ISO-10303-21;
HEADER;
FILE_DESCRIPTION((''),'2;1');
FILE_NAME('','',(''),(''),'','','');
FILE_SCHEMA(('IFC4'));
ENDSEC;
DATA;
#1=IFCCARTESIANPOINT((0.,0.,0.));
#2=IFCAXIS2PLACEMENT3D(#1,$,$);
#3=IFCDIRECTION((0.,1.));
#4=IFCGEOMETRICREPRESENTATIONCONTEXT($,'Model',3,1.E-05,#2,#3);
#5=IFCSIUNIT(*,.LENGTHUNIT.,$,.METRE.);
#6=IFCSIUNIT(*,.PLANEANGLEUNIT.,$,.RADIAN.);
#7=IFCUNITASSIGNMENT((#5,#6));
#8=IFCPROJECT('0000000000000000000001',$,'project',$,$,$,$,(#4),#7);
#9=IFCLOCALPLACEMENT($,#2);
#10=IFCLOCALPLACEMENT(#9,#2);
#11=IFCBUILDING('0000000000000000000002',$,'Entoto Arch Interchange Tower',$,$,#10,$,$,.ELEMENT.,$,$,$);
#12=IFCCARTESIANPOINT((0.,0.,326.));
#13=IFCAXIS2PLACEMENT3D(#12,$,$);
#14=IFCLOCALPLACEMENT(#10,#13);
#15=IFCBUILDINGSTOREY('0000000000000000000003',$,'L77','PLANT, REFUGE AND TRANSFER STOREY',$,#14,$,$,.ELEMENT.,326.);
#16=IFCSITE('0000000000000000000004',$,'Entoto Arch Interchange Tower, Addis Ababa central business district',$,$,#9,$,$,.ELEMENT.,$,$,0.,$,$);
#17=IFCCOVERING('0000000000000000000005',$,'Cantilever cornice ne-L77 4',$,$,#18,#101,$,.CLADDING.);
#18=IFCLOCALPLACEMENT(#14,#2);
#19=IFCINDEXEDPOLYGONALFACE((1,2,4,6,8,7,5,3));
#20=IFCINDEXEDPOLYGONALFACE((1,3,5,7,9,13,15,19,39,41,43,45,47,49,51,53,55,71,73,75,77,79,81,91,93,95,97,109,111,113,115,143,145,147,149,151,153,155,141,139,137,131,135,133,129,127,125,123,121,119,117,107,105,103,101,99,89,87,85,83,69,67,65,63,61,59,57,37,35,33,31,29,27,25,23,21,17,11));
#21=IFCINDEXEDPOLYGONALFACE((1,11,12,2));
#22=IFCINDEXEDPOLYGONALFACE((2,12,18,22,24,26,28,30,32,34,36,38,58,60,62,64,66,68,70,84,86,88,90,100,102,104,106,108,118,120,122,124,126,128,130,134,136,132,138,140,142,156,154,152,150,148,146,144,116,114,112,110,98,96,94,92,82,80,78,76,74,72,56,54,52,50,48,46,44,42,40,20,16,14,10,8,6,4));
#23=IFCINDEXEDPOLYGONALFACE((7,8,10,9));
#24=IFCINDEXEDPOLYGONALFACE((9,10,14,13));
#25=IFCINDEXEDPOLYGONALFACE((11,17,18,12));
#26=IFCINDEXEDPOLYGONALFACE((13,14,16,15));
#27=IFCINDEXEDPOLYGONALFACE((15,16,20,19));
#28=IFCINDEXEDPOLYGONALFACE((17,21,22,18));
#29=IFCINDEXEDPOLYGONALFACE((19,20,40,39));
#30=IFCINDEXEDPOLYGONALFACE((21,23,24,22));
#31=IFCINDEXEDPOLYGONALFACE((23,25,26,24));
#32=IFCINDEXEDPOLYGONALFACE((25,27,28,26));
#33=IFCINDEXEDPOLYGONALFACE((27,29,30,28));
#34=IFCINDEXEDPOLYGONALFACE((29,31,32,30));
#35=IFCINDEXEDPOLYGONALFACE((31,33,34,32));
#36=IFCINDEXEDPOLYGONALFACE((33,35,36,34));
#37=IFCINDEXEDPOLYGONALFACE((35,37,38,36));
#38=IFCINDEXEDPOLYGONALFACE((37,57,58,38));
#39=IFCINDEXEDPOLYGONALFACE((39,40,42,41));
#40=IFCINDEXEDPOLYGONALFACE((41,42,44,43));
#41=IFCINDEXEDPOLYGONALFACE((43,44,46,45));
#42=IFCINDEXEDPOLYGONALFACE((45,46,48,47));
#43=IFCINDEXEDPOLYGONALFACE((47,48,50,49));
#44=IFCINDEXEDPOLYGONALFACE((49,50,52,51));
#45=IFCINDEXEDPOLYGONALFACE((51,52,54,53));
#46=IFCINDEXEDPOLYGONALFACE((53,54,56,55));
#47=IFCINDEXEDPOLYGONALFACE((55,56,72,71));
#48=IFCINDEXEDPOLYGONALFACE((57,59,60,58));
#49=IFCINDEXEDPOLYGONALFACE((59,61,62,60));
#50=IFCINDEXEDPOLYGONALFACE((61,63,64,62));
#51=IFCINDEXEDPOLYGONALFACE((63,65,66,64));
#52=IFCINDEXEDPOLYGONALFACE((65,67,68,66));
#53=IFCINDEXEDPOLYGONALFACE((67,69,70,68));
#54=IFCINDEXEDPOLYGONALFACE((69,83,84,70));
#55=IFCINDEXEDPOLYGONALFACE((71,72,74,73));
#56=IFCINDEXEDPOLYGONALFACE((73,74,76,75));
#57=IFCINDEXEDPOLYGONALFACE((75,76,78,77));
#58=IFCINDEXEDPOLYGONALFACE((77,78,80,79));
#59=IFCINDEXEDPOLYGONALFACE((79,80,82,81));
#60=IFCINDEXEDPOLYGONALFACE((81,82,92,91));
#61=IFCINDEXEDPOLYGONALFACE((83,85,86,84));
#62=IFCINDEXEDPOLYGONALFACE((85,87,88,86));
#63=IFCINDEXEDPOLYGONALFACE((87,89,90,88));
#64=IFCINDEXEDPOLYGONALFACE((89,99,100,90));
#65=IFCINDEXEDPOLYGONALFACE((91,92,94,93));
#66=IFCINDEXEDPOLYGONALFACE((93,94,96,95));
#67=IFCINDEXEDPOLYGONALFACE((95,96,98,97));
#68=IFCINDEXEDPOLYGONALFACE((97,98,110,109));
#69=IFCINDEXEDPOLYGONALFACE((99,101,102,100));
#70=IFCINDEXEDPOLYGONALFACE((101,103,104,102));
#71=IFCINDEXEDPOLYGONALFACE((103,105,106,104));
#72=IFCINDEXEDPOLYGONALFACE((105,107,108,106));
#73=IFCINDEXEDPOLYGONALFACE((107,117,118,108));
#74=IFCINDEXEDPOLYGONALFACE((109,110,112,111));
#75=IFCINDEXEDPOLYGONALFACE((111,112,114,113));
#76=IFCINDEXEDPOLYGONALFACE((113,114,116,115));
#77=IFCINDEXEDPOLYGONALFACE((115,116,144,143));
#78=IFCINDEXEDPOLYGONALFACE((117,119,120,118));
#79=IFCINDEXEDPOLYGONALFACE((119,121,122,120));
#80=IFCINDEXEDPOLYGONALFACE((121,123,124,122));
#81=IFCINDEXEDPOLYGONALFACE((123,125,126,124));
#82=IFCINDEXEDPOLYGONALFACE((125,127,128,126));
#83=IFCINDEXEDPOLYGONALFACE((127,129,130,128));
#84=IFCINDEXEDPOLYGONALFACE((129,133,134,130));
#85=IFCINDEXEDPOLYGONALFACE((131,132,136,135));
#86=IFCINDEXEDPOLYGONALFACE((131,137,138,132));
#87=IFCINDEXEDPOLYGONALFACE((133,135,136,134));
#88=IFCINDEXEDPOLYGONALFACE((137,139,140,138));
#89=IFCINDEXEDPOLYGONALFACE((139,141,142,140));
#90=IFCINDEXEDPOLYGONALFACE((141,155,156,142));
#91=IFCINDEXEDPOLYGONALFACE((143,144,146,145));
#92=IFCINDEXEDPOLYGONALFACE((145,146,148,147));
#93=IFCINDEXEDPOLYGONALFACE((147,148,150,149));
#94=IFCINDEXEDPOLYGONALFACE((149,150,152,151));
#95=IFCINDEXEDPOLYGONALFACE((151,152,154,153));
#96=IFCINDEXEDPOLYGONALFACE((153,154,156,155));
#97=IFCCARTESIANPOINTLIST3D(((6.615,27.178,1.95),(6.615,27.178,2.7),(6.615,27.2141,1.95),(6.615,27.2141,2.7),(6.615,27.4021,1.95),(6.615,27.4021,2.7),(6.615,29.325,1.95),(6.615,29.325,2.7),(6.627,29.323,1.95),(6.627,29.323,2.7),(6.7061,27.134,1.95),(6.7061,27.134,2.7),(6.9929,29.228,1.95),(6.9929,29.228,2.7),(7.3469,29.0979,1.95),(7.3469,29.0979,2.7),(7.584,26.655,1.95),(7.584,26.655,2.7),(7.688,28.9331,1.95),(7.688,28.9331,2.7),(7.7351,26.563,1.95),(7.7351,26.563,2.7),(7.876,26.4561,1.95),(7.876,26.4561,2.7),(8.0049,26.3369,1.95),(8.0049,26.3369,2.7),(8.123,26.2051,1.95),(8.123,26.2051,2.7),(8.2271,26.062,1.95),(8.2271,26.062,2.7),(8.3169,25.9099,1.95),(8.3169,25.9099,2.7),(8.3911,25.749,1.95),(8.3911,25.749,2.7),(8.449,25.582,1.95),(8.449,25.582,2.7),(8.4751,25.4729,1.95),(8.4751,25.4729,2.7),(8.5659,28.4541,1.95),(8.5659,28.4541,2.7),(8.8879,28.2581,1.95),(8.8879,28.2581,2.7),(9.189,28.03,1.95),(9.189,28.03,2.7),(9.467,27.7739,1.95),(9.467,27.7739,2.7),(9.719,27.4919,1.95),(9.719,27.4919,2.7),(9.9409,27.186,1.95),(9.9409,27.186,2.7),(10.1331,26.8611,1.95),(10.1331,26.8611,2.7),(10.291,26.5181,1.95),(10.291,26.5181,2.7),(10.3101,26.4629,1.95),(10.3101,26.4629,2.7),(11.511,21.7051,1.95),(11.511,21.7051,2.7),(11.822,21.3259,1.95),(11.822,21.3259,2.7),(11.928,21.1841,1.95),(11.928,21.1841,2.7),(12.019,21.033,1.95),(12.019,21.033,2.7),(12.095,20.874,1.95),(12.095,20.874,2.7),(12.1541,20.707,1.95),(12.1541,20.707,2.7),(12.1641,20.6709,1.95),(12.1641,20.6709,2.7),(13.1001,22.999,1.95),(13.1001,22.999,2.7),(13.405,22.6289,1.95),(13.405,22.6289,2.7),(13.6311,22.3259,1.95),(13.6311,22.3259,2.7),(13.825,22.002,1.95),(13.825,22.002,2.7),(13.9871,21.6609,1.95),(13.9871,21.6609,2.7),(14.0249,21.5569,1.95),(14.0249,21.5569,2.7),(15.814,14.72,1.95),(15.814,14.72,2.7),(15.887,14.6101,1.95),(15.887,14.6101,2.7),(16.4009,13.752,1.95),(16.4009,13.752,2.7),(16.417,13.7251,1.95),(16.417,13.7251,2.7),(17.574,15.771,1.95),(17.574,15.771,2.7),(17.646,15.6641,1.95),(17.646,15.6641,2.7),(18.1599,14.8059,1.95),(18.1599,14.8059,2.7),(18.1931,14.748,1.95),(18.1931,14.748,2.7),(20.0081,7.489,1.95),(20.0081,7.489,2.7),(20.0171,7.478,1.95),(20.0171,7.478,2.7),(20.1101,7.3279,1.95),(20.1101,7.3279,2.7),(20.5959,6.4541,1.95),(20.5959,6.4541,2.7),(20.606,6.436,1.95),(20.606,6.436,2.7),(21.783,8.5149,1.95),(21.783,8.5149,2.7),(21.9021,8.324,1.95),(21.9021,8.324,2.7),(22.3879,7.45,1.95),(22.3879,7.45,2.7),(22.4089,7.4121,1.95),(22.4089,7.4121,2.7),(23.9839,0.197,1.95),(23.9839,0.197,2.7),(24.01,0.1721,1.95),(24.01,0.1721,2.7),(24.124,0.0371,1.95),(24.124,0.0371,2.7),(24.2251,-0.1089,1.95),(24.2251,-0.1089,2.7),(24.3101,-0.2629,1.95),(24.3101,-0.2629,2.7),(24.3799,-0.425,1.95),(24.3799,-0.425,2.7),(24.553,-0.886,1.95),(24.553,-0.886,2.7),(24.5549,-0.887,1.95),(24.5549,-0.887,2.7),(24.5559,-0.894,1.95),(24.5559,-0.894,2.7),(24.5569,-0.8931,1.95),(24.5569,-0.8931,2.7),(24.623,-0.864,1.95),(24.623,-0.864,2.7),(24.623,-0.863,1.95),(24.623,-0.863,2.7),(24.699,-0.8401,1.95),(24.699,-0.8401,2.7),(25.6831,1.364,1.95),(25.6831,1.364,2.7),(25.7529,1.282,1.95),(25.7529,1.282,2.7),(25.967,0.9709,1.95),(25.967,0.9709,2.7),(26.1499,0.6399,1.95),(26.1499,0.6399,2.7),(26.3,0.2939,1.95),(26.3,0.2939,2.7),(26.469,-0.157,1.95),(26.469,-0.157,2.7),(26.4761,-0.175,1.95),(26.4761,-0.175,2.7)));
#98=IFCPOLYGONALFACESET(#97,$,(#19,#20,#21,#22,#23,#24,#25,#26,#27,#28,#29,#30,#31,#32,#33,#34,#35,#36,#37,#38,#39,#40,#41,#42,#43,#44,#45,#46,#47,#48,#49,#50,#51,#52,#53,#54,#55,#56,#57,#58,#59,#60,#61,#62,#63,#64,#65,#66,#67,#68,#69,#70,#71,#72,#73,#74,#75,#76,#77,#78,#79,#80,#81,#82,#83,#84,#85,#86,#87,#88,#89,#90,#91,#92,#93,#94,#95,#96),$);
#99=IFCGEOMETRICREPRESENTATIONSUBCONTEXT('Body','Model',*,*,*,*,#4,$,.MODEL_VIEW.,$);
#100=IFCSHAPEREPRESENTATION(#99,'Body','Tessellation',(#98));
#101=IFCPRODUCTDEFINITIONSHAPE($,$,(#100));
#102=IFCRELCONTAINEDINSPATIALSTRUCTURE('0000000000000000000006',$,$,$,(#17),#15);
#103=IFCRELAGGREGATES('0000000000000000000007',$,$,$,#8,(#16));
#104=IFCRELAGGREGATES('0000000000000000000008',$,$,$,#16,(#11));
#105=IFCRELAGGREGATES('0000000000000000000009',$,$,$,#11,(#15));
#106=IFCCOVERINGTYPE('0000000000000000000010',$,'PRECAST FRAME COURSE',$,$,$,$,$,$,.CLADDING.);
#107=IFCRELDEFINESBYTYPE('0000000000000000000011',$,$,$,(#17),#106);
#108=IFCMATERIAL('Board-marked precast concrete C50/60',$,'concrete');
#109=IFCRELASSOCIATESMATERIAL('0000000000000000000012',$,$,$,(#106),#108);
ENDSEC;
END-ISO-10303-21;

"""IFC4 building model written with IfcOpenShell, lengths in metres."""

from ifc_helpers import new_model, si_unit, direction, frame, origin, place, context, subcontext, project, spatial, polyline, outline, extrude, material, type_object, element, save


model = new_model("IFC4")

# Units and contexts
model_context = context("Model", 3, precision=1e-05, world=origin(), true_north=direction((0.0, 1.0)))
body_context = subcontext(model_context, "Body", "Model", "MODEL_VIEW")
ifc_project = project(units=[si_unit("LENGTHUNIT", "METRE"), si_unit("PLANEANGLEUNIT", "RADIAN")], contexts=[model_context])

# Site, building, storey
site_placement = place(None, origin())
site = spatial("IfcSite", under=ifc_project, at=site_placement, Name="Entoto Arch Interchange Tower, Addis Ababa central business district", CompositionType="ELEMENT", RefElevation=0.0)
building_placement = place(site_placement, origin())
building = spatial("IfcBuilding", under=site, at=building_placement, Name="Entoto Arch Interchange Tower", CompositionType="ELEMENT")
storey_placement = place(building_placement, frame((0.0, 0.0, 326.0)))
storey = spatial("IfcBuildingStorey", under=building, at=storey_placement, Name="L77", Description="PLANT, REFUGE AND TRANSFER STOREY", CompositionType="ELEMENT", Elevation=326.0)

# Covering
ifc_material_1 = material(Name="Board-marked precast concrete C50/60", Category="concrete")
covering_type = type_object("IfcCoveringType", Name="PRECAST FRAME COURSE", PredefinedType="CLADDING", material=ifc_material_1)
covering_1_placement = place(storey_placement, frame((0.0, 0.0, 1.95)))
element("IfcCovering", 1, at=covering_1_placement, inside=storey, type_object=covering_type, Name="Cantilever cornice ne-L77 4", PredefinedType="CLADDING", context=body_context, shape_type="SweptSolid", body=[
    extrude(outline(polyline([(6.615, 29.325), (6.627, 29.323), (6.9929, 29.228), (7.3469, 29.0979), (7.688, 28.9331), (8.5659, 28.4541), (8.8879, 28.2581), (9.189, 28.03), (9.467, 27.7739), (9.719, 27.4919), (9.9409, 27.186), (10.1331, 26.8611), (10.291, 26.5181), (10.3101, 26.4629), (13.1001, 22.999), (13.405, 22.6289), (13.6311, 22.3259), (13.825, 22.002), (13.9871, 21.6609), (14.0249, 21.5569), (17.574, 15.771), (17.646, 15.6641), (18.1599, 14.8059), (18.1931, 14.748), (21.783, 8.5149), (21.9021, 8.324), (22.3879, 7.45), (22.4089, 7.4121), (25.6831, 1.364), (25.7529, 1.282), (25.967, 0.9709), (26.1499, 0.6399), (26.3, 0.2939), (26.469, -0.157), (26.4761, -0.175), (24.699, -0.8401), (24.623, -0.863), (24.623, -0.864), (24.5549, -0.887), (24.5569, -0.8931), (24.5559, -0.894), (24.553, -0.886), (24.3799, -0.425), (24.3101, -0.2629), (24.2251, -0.1089), (24.124, 0.0371), (24.01, 0.1721), (23.9839, 0.197), (20.606, 6.436), (20.5959, 6.4541), (20.1101, 7.3279), (20.0171, 7.478), (20.0081, 7.489), (16.417, 13.7251), (16.4009, 13.752), (15.887, 14.6101), (15.814, 14.72), (12.1641, 20.6709), (12.1541, 20.707), (12.095, 20.874), (12.019, 21.033), (11.928, 21.1841), (11.822, 21.3259), (11.511, 21.7051), (8.4751, 25.4729), (8.449, 25.582), (8.3911, 25.749), (8.3169, 25.9099), (8.2271, 26.062), (8.123, 26.2051), (8.0049, 26.3369), (7.876, 26.4561), (7.7351, 26.563), (7.584, 26.655), (6.7061, 27.134), (6.615, 27.178), (6.615, 27.2141), (6.615, 27.4021), (6.615, 29.325)])), origin(), (0.0, 0.0, 1.0), 0.75),
])

save(model, "model.ifc")
